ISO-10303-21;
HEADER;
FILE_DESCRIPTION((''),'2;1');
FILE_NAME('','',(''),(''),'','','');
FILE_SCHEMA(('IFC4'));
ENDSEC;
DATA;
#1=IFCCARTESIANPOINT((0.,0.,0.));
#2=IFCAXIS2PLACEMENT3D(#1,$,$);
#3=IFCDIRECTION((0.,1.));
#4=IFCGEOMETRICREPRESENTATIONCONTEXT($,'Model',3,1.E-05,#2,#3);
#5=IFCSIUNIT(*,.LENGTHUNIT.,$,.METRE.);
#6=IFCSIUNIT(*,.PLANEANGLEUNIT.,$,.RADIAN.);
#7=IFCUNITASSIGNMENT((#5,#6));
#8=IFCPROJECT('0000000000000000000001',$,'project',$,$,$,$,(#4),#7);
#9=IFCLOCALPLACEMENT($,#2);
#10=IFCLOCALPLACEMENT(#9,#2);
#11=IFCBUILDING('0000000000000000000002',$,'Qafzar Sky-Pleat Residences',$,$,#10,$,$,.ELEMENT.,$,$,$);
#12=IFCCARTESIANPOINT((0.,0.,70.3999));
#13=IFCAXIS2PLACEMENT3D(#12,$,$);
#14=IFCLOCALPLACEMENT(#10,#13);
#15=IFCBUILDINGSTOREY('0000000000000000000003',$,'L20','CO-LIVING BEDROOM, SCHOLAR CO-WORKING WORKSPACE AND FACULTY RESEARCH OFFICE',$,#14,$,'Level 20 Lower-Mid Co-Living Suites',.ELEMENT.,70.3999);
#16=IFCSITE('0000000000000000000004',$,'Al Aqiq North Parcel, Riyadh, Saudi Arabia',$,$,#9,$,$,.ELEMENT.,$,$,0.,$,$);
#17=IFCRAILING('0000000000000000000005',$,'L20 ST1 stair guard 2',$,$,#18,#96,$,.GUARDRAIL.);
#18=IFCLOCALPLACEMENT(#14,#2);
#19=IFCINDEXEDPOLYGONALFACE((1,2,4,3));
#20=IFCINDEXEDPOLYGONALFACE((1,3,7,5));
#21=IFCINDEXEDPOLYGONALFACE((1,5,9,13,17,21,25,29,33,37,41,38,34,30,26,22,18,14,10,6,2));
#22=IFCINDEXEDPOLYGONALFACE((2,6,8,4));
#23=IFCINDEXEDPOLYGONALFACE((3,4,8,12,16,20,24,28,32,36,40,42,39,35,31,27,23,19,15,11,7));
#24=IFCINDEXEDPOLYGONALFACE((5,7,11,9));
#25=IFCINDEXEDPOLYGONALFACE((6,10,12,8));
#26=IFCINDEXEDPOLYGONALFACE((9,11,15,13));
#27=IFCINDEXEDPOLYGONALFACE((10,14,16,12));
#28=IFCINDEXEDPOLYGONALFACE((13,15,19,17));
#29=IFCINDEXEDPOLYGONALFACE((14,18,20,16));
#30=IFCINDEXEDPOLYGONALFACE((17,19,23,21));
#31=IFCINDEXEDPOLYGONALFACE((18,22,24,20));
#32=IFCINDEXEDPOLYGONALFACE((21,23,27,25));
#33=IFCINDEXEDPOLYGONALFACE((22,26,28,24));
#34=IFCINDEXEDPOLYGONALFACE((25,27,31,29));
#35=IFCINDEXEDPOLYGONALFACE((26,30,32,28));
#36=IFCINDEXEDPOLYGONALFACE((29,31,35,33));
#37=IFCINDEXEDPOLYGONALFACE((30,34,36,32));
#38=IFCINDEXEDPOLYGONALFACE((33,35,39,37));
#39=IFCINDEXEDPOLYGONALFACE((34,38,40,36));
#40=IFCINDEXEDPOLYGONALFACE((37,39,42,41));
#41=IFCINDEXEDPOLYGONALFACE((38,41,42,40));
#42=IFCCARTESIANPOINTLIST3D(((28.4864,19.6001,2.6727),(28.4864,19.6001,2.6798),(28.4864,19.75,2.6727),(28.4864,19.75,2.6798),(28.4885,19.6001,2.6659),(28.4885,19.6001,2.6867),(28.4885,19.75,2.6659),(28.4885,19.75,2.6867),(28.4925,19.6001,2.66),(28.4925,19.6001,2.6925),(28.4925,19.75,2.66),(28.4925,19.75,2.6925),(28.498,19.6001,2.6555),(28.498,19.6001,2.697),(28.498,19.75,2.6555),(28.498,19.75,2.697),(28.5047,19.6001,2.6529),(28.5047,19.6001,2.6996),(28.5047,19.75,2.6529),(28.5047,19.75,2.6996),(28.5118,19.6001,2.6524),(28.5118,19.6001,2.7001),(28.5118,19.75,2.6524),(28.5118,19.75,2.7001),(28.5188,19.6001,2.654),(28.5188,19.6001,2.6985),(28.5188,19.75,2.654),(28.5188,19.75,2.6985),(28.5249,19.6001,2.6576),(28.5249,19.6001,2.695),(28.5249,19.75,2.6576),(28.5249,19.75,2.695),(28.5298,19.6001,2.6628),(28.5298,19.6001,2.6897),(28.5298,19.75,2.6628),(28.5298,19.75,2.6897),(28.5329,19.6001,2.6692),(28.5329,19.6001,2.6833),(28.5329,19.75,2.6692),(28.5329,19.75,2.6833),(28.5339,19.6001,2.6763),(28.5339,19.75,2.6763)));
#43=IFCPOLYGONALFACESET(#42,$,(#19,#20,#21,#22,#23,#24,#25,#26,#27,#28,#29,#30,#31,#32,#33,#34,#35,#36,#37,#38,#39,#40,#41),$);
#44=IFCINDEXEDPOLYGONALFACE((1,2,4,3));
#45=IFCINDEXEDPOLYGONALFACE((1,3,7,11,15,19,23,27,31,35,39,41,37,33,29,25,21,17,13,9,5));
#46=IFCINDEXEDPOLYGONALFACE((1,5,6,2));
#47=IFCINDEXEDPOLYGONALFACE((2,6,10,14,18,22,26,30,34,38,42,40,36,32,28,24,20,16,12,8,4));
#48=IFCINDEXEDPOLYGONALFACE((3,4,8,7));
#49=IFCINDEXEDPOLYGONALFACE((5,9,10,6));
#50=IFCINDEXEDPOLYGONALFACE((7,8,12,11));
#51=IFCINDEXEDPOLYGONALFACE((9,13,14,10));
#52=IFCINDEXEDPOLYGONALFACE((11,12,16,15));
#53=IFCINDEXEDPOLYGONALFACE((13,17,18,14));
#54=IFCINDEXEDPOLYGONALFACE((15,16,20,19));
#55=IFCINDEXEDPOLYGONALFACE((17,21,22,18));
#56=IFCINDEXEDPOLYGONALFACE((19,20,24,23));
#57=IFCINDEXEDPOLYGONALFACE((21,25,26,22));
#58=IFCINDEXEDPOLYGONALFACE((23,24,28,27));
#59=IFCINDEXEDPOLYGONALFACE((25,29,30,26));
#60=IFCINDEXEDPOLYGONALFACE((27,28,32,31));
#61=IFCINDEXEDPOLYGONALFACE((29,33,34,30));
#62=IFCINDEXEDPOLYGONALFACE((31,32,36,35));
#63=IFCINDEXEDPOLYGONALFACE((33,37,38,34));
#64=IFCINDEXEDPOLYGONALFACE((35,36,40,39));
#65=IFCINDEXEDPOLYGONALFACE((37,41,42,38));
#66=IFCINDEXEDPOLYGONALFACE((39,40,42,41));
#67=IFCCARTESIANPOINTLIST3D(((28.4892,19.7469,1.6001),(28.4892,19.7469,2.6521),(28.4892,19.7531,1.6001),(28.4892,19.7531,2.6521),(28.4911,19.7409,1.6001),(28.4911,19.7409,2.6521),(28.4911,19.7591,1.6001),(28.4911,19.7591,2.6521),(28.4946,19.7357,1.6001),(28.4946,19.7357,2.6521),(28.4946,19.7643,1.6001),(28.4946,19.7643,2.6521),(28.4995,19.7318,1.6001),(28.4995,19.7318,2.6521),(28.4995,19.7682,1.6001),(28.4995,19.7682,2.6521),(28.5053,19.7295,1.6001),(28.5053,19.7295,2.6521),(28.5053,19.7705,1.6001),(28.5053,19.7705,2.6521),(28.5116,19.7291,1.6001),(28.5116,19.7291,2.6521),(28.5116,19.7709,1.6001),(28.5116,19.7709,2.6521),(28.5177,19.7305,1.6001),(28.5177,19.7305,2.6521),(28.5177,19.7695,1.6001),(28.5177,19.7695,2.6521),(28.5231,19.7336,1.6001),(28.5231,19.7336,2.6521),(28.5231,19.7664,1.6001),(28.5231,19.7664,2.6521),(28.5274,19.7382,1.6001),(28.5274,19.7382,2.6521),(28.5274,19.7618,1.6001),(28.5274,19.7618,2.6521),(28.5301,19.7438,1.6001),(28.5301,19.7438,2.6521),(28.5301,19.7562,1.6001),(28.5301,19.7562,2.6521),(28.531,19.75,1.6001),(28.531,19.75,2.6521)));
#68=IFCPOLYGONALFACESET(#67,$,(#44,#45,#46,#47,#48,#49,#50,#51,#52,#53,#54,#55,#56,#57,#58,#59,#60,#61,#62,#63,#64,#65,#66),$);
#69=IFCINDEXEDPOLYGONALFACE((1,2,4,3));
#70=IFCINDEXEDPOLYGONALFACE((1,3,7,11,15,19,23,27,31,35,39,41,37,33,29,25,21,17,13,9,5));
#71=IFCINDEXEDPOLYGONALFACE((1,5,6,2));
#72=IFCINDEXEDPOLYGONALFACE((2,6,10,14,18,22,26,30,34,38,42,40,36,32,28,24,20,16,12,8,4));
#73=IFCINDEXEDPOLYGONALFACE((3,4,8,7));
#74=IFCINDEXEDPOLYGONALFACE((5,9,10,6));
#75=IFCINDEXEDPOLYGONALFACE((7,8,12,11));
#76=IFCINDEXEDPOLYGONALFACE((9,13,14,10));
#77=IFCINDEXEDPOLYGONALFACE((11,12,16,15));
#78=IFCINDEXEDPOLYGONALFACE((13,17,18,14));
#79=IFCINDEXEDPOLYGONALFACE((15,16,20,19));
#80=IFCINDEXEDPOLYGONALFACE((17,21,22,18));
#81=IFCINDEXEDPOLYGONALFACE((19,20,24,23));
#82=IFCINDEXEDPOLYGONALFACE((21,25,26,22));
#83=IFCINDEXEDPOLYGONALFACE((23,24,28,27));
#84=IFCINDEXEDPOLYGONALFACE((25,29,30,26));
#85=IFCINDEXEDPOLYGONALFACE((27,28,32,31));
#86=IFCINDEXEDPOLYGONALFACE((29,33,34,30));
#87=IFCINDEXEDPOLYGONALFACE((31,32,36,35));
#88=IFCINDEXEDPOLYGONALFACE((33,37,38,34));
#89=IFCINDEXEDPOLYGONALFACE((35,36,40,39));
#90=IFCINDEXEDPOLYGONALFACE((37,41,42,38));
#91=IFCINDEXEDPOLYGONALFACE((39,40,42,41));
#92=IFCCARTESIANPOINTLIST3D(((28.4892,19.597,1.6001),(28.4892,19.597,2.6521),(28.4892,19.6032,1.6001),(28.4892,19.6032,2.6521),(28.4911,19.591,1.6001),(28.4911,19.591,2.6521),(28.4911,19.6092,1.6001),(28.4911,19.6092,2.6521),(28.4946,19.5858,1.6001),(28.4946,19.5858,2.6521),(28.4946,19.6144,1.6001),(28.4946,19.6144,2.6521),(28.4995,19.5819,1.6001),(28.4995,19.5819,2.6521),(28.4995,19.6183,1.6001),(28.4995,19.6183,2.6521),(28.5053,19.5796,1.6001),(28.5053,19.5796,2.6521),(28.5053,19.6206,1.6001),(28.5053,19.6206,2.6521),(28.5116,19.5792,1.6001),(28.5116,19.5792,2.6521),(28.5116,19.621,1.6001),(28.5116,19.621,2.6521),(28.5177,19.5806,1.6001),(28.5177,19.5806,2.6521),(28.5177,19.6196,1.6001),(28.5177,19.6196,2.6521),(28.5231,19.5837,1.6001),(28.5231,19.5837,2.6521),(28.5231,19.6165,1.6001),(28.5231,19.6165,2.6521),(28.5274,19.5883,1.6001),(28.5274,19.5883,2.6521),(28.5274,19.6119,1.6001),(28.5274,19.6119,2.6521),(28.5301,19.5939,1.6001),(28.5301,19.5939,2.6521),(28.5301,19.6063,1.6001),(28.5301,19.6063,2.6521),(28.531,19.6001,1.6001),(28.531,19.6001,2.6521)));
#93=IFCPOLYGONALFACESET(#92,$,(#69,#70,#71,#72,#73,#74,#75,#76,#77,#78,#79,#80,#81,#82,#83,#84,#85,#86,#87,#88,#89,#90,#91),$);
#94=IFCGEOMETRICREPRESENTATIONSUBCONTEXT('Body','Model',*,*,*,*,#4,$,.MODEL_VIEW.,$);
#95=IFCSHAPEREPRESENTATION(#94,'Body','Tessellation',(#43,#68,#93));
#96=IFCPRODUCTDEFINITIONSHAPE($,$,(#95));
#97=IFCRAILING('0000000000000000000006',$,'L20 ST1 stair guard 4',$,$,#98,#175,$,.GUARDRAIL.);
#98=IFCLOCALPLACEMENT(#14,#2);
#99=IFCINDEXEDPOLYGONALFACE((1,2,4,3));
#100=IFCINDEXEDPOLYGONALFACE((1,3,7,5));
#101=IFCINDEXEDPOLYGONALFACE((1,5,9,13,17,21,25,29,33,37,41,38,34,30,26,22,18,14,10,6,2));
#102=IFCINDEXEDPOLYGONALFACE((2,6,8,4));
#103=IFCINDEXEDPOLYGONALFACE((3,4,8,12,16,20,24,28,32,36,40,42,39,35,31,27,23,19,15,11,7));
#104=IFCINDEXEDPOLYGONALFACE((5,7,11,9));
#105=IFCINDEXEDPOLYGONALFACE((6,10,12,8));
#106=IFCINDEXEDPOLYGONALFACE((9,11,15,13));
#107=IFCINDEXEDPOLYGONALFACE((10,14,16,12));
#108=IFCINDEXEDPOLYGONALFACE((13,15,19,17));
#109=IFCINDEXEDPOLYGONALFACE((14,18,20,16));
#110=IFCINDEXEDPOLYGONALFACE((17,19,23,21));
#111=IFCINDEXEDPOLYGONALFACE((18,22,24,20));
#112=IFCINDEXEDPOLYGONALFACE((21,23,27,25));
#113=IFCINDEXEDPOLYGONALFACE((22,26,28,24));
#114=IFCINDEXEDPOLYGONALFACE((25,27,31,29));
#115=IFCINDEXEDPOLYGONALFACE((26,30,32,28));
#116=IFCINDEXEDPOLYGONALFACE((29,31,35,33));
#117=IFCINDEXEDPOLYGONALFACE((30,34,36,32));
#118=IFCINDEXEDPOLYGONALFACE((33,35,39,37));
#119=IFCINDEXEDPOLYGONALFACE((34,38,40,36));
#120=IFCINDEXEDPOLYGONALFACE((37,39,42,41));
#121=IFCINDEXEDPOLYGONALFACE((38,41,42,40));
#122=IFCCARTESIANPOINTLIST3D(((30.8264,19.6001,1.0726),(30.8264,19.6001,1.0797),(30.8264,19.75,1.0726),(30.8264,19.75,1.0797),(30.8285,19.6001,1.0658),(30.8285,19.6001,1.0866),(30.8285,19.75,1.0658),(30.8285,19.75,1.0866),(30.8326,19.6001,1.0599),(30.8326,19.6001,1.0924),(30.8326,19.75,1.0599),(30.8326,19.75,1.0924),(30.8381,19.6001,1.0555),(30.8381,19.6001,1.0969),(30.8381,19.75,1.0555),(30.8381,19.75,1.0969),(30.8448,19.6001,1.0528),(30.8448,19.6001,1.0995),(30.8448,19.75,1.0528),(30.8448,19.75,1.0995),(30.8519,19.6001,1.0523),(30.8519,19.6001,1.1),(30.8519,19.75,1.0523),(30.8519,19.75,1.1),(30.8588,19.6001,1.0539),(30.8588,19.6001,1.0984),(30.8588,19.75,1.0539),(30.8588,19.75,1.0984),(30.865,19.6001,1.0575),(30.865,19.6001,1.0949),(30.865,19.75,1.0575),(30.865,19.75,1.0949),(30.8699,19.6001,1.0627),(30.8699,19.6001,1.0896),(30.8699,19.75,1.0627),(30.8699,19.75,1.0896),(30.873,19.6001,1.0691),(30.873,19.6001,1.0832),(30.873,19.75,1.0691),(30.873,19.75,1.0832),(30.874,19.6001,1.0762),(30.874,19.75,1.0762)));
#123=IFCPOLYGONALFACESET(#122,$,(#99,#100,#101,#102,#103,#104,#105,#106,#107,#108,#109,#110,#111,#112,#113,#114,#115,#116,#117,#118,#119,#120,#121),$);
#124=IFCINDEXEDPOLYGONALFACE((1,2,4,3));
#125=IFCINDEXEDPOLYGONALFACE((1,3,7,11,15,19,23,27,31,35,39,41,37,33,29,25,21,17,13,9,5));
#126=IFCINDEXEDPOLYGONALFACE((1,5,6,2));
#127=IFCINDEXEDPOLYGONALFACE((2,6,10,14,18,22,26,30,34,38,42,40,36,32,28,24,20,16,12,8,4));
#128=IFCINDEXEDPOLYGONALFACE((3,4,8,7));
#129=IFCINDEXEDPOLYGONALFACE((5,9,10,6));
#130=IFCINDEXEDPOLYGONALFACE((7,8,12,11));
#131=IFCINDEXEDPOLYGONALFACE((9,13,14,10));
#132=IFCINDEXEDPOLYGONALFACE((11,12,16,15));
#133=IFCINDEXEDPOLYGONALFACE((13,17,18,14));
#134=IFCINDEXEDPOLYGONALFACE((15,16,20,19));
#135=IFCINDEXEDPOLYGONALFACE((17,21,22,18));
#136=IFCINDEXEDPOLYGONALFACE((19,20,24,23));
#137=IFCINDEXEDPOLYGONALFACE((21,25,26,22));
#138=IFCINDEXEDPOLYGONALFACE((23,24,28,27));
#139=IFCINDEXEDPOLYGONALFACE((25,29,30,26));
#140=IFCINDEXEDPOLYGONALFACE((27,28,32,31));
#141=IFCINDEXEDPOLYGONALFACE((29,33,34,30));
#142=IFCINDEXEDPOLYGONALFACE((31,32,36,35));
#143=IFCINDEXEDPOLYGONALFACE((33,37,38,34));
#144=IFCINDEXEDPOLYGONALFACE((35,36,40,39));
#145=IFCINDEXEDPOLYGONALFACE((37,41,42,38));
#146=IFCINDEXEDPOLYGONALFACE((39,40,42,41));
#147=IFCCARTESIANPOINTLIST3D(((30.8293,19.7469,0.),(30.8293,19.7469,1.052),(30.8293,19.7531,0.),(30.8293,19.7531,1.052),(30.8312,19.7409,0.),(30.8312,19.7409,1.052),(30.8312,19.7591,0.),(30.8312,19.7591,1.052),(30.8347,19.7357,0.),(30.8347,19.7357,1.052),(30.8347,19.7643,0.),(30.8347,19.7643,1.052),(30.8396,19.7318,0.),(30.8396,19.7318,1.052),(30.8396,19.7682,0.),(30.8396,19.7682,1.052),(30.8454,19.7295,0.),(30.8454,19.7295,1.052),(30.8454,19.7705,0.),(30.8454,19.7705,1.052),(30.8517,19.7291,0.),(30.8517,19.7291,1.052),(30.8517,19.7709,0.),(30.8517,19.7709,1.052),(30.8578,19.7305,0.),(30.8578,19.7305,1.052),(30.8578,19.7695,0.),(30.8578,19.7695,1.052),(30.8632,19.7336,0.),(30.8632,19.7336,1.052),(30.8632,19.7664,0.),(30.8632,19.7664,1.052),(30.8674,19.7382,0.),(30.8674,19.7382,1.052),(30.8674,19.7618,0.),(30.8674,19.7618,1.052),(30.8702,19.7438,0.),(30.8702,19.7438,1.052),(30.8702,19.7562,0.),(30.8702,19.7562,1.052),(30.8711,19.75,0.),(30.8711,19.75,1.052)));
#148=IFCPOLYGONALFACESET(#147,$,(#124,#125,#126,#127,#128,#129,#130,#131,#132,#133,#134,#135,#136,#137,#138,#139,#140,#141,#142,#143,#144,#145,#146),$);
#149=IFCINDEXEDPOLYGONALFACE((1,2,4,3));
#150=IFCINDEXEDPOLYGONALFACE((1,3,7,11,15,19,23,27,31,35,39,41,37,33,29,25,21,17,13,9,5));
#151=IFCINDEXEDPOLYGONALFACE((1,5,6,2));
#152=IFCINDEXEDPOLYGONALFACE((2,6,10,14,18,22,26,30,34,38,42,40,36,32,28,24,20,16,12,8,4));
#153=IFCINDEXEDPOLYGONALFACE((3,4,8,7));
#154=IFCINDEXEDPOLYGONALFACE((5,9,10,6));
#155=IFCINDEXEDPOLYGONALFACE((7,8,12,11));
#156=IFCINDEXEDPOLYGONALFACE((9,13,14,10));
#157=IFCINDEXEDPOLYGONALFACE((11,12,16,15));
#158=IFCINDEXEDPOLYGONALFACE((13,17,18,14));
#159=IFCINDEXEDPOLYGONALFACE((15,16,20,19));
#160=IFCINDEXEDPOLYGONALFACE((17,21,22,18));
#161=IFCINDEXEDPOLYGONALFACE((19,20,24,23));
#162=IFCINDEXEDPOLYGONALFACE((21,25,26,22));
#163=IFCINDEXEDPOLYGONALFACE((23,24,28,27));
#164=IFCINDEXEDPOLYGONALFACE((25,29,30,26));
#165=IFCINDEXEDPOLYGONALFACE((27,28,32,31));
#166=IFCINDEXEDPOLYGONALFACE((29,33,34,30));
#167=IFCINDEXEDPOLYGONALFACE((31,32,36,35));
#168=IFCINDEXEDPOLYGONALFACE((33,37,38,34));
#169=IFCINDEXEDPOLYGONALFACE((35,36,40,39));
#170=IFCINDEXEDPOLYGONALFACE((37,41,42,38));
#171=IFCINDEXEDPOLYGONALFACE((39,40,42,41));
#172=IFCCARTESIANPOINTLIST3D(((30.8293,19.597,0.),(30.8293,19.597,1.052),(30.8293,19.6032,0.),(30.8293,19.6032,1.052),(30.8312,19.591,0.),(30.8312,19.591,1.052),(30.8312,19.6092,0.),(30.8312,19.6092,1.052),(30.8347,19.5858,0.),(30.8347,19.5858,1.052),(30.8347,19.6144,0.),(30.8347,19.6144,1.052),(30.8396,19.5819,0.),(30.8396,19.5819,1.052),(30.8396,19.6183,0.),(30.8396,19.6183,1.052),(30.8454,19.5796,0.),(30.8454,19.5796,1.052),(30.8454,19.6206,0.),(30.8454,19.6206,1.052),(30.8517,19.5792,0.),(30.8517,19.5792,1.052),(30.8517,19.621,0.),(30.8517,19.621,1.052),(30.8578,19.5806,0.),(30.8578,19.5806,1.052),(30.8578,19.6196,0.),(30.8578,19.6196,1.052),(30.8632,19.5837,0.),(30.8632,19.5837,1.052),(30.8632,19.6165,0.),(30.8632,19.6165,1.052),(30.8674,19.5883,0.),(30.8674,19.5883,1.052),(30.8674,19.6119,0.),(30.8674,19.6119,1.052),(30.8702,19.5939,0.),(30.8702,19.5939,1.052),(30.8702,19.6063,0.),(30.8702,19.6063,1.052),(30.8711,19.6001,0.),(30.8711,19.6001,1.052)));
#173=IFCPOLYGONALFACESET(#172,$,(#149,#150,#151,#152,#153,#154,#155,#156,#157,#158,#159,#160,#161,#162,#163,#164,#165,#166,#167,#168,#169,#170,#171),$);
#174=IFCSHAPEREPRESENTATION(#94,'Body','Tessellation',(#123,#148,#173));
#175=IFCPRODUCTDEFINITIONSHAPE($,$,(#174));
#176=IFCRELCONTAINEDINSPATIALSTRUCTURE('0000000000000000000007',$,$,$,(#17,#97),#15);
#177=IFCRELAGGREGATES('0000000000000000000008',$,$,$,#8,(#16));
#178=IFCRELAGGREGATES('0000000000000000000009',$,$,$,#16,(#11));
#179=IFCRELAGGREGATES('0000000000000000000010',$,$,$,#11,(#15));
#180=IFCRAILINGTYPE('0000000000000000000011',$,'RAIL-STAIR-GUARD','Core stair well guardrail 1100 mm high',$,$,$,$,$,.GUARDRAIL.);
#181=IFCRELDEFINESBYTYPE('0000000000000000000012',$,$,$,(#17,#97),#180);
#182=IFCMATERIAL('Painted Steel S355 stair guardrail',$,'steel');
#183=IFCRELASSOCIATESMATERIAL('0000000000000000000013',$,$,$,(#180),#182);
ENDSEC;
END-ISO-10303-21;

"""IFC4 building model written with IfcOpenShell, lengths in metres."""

from ifc_helpers import new_model, si_unit, direction, frame, origin, origin_2d, place, context, subcontext, project, spatial, circle, extrude, source, transform, mapped, material, type_object, element, save


model = new_model("IFC4")

# Units and contexts
model_context = context("Model", 3, precision=1e-05, world=origin(), true_north=direction((0.0, 1.0)))
body_context = subcontext(model_context, "Body", "Model", "MODEL_VIEW")
ifc_project = project(units=[si_unit("LENGTHUNIT", "METRE"), si_unit("PLANEANGLEUNIT", "RADIAN")], contexts=[model_context])

# Site, building, storey
site_placement = place(None, origin())
site = spatial("IfcSite", under=ifc_project, at=site_placement, Name="Al Aqiq North Parcel, Riyadh, Saudi Arabia", CompositionType="ELEMENT", RefElevation=0.0)
building_placement = place(site_placement, origin())
building = spatial("IfcBuilding", under=site, at=building_placement, Name="Qafzar Sky-Pleat Residences", CompositionType="ELEMENT")
storey_placement = place(building_placement, frame((0.0, 0.0, 70.3999)))
storey = spatial("IfcBuildingStorey", under=building, at=storey_placement, Name="L20", Description="CO-LIVING BEDROOM, SCHOLAR CO-WORKING WORKSPACE AND FACULTY RESEARCH OFFICE", LongName="Level 20 Lower-Mid Co-Living Suites", CompositionType="ELEMENT", Elevation=70.3999)

# Railings
ifc_material_1 = material(Name="Painted Steel S355 stair guardrail", Category="steel")
railing_type_1 = type_object("IfcRailingType", Name="RAIL-STAIR-GUARD", Description="Core stair well guardrail 1100 mm high", PredefinedType="GUARDRAIL", material=ifc_material_1)
shared_shape_1 = source(origin(), body_context, "Body", "SweptSolid", [
    extrude(circle(Radius=0.0239, at=origin_2d()), frame((0.0, 0.0, 1.0762), z_axis=(0.0, -1.0, 0.0), x_axis=(1.0, 0.0, 0.0)), (0.0, 0.0, 1.0), 0.1499),
    extrude(circle(Radius=0.021, at=origin_2d()), origin(), (0.0, 0.0, 1.0), 1.052),
    extrude(circle(Radius=0.021, at=origin_2d()), frame((0.0, -0.1499, 0.0)), (0.0, 0.0, 1.0), 1.052),
])
for number, where, name in (
    (1, (28.51, 19.75, 1.6001), "L20 ST1 stair guard 2"),
    (2, (30.8501, 19.75, 0.0), "L20 ST1 stair guard 4"),
):
    element("IfcRailing", number, at=place(storey_placement, frame(where)), inside=storey, type_object=railing_type_1, Name=name, PredefinedType="GUARDRAIL", context=body_context, shape_type="MappedRepresentation", body=[
        mapped(shared_shape_1, transform((0.0, 0.0, 0.0), x_axis=(1.0, 0.0, 0.0), y_axis=(0.0, 1.0, 0.0), z_axis=(0.0, 0.0, 1.0), scale=1.0)),
    ])

save(model, "model.ifc")
